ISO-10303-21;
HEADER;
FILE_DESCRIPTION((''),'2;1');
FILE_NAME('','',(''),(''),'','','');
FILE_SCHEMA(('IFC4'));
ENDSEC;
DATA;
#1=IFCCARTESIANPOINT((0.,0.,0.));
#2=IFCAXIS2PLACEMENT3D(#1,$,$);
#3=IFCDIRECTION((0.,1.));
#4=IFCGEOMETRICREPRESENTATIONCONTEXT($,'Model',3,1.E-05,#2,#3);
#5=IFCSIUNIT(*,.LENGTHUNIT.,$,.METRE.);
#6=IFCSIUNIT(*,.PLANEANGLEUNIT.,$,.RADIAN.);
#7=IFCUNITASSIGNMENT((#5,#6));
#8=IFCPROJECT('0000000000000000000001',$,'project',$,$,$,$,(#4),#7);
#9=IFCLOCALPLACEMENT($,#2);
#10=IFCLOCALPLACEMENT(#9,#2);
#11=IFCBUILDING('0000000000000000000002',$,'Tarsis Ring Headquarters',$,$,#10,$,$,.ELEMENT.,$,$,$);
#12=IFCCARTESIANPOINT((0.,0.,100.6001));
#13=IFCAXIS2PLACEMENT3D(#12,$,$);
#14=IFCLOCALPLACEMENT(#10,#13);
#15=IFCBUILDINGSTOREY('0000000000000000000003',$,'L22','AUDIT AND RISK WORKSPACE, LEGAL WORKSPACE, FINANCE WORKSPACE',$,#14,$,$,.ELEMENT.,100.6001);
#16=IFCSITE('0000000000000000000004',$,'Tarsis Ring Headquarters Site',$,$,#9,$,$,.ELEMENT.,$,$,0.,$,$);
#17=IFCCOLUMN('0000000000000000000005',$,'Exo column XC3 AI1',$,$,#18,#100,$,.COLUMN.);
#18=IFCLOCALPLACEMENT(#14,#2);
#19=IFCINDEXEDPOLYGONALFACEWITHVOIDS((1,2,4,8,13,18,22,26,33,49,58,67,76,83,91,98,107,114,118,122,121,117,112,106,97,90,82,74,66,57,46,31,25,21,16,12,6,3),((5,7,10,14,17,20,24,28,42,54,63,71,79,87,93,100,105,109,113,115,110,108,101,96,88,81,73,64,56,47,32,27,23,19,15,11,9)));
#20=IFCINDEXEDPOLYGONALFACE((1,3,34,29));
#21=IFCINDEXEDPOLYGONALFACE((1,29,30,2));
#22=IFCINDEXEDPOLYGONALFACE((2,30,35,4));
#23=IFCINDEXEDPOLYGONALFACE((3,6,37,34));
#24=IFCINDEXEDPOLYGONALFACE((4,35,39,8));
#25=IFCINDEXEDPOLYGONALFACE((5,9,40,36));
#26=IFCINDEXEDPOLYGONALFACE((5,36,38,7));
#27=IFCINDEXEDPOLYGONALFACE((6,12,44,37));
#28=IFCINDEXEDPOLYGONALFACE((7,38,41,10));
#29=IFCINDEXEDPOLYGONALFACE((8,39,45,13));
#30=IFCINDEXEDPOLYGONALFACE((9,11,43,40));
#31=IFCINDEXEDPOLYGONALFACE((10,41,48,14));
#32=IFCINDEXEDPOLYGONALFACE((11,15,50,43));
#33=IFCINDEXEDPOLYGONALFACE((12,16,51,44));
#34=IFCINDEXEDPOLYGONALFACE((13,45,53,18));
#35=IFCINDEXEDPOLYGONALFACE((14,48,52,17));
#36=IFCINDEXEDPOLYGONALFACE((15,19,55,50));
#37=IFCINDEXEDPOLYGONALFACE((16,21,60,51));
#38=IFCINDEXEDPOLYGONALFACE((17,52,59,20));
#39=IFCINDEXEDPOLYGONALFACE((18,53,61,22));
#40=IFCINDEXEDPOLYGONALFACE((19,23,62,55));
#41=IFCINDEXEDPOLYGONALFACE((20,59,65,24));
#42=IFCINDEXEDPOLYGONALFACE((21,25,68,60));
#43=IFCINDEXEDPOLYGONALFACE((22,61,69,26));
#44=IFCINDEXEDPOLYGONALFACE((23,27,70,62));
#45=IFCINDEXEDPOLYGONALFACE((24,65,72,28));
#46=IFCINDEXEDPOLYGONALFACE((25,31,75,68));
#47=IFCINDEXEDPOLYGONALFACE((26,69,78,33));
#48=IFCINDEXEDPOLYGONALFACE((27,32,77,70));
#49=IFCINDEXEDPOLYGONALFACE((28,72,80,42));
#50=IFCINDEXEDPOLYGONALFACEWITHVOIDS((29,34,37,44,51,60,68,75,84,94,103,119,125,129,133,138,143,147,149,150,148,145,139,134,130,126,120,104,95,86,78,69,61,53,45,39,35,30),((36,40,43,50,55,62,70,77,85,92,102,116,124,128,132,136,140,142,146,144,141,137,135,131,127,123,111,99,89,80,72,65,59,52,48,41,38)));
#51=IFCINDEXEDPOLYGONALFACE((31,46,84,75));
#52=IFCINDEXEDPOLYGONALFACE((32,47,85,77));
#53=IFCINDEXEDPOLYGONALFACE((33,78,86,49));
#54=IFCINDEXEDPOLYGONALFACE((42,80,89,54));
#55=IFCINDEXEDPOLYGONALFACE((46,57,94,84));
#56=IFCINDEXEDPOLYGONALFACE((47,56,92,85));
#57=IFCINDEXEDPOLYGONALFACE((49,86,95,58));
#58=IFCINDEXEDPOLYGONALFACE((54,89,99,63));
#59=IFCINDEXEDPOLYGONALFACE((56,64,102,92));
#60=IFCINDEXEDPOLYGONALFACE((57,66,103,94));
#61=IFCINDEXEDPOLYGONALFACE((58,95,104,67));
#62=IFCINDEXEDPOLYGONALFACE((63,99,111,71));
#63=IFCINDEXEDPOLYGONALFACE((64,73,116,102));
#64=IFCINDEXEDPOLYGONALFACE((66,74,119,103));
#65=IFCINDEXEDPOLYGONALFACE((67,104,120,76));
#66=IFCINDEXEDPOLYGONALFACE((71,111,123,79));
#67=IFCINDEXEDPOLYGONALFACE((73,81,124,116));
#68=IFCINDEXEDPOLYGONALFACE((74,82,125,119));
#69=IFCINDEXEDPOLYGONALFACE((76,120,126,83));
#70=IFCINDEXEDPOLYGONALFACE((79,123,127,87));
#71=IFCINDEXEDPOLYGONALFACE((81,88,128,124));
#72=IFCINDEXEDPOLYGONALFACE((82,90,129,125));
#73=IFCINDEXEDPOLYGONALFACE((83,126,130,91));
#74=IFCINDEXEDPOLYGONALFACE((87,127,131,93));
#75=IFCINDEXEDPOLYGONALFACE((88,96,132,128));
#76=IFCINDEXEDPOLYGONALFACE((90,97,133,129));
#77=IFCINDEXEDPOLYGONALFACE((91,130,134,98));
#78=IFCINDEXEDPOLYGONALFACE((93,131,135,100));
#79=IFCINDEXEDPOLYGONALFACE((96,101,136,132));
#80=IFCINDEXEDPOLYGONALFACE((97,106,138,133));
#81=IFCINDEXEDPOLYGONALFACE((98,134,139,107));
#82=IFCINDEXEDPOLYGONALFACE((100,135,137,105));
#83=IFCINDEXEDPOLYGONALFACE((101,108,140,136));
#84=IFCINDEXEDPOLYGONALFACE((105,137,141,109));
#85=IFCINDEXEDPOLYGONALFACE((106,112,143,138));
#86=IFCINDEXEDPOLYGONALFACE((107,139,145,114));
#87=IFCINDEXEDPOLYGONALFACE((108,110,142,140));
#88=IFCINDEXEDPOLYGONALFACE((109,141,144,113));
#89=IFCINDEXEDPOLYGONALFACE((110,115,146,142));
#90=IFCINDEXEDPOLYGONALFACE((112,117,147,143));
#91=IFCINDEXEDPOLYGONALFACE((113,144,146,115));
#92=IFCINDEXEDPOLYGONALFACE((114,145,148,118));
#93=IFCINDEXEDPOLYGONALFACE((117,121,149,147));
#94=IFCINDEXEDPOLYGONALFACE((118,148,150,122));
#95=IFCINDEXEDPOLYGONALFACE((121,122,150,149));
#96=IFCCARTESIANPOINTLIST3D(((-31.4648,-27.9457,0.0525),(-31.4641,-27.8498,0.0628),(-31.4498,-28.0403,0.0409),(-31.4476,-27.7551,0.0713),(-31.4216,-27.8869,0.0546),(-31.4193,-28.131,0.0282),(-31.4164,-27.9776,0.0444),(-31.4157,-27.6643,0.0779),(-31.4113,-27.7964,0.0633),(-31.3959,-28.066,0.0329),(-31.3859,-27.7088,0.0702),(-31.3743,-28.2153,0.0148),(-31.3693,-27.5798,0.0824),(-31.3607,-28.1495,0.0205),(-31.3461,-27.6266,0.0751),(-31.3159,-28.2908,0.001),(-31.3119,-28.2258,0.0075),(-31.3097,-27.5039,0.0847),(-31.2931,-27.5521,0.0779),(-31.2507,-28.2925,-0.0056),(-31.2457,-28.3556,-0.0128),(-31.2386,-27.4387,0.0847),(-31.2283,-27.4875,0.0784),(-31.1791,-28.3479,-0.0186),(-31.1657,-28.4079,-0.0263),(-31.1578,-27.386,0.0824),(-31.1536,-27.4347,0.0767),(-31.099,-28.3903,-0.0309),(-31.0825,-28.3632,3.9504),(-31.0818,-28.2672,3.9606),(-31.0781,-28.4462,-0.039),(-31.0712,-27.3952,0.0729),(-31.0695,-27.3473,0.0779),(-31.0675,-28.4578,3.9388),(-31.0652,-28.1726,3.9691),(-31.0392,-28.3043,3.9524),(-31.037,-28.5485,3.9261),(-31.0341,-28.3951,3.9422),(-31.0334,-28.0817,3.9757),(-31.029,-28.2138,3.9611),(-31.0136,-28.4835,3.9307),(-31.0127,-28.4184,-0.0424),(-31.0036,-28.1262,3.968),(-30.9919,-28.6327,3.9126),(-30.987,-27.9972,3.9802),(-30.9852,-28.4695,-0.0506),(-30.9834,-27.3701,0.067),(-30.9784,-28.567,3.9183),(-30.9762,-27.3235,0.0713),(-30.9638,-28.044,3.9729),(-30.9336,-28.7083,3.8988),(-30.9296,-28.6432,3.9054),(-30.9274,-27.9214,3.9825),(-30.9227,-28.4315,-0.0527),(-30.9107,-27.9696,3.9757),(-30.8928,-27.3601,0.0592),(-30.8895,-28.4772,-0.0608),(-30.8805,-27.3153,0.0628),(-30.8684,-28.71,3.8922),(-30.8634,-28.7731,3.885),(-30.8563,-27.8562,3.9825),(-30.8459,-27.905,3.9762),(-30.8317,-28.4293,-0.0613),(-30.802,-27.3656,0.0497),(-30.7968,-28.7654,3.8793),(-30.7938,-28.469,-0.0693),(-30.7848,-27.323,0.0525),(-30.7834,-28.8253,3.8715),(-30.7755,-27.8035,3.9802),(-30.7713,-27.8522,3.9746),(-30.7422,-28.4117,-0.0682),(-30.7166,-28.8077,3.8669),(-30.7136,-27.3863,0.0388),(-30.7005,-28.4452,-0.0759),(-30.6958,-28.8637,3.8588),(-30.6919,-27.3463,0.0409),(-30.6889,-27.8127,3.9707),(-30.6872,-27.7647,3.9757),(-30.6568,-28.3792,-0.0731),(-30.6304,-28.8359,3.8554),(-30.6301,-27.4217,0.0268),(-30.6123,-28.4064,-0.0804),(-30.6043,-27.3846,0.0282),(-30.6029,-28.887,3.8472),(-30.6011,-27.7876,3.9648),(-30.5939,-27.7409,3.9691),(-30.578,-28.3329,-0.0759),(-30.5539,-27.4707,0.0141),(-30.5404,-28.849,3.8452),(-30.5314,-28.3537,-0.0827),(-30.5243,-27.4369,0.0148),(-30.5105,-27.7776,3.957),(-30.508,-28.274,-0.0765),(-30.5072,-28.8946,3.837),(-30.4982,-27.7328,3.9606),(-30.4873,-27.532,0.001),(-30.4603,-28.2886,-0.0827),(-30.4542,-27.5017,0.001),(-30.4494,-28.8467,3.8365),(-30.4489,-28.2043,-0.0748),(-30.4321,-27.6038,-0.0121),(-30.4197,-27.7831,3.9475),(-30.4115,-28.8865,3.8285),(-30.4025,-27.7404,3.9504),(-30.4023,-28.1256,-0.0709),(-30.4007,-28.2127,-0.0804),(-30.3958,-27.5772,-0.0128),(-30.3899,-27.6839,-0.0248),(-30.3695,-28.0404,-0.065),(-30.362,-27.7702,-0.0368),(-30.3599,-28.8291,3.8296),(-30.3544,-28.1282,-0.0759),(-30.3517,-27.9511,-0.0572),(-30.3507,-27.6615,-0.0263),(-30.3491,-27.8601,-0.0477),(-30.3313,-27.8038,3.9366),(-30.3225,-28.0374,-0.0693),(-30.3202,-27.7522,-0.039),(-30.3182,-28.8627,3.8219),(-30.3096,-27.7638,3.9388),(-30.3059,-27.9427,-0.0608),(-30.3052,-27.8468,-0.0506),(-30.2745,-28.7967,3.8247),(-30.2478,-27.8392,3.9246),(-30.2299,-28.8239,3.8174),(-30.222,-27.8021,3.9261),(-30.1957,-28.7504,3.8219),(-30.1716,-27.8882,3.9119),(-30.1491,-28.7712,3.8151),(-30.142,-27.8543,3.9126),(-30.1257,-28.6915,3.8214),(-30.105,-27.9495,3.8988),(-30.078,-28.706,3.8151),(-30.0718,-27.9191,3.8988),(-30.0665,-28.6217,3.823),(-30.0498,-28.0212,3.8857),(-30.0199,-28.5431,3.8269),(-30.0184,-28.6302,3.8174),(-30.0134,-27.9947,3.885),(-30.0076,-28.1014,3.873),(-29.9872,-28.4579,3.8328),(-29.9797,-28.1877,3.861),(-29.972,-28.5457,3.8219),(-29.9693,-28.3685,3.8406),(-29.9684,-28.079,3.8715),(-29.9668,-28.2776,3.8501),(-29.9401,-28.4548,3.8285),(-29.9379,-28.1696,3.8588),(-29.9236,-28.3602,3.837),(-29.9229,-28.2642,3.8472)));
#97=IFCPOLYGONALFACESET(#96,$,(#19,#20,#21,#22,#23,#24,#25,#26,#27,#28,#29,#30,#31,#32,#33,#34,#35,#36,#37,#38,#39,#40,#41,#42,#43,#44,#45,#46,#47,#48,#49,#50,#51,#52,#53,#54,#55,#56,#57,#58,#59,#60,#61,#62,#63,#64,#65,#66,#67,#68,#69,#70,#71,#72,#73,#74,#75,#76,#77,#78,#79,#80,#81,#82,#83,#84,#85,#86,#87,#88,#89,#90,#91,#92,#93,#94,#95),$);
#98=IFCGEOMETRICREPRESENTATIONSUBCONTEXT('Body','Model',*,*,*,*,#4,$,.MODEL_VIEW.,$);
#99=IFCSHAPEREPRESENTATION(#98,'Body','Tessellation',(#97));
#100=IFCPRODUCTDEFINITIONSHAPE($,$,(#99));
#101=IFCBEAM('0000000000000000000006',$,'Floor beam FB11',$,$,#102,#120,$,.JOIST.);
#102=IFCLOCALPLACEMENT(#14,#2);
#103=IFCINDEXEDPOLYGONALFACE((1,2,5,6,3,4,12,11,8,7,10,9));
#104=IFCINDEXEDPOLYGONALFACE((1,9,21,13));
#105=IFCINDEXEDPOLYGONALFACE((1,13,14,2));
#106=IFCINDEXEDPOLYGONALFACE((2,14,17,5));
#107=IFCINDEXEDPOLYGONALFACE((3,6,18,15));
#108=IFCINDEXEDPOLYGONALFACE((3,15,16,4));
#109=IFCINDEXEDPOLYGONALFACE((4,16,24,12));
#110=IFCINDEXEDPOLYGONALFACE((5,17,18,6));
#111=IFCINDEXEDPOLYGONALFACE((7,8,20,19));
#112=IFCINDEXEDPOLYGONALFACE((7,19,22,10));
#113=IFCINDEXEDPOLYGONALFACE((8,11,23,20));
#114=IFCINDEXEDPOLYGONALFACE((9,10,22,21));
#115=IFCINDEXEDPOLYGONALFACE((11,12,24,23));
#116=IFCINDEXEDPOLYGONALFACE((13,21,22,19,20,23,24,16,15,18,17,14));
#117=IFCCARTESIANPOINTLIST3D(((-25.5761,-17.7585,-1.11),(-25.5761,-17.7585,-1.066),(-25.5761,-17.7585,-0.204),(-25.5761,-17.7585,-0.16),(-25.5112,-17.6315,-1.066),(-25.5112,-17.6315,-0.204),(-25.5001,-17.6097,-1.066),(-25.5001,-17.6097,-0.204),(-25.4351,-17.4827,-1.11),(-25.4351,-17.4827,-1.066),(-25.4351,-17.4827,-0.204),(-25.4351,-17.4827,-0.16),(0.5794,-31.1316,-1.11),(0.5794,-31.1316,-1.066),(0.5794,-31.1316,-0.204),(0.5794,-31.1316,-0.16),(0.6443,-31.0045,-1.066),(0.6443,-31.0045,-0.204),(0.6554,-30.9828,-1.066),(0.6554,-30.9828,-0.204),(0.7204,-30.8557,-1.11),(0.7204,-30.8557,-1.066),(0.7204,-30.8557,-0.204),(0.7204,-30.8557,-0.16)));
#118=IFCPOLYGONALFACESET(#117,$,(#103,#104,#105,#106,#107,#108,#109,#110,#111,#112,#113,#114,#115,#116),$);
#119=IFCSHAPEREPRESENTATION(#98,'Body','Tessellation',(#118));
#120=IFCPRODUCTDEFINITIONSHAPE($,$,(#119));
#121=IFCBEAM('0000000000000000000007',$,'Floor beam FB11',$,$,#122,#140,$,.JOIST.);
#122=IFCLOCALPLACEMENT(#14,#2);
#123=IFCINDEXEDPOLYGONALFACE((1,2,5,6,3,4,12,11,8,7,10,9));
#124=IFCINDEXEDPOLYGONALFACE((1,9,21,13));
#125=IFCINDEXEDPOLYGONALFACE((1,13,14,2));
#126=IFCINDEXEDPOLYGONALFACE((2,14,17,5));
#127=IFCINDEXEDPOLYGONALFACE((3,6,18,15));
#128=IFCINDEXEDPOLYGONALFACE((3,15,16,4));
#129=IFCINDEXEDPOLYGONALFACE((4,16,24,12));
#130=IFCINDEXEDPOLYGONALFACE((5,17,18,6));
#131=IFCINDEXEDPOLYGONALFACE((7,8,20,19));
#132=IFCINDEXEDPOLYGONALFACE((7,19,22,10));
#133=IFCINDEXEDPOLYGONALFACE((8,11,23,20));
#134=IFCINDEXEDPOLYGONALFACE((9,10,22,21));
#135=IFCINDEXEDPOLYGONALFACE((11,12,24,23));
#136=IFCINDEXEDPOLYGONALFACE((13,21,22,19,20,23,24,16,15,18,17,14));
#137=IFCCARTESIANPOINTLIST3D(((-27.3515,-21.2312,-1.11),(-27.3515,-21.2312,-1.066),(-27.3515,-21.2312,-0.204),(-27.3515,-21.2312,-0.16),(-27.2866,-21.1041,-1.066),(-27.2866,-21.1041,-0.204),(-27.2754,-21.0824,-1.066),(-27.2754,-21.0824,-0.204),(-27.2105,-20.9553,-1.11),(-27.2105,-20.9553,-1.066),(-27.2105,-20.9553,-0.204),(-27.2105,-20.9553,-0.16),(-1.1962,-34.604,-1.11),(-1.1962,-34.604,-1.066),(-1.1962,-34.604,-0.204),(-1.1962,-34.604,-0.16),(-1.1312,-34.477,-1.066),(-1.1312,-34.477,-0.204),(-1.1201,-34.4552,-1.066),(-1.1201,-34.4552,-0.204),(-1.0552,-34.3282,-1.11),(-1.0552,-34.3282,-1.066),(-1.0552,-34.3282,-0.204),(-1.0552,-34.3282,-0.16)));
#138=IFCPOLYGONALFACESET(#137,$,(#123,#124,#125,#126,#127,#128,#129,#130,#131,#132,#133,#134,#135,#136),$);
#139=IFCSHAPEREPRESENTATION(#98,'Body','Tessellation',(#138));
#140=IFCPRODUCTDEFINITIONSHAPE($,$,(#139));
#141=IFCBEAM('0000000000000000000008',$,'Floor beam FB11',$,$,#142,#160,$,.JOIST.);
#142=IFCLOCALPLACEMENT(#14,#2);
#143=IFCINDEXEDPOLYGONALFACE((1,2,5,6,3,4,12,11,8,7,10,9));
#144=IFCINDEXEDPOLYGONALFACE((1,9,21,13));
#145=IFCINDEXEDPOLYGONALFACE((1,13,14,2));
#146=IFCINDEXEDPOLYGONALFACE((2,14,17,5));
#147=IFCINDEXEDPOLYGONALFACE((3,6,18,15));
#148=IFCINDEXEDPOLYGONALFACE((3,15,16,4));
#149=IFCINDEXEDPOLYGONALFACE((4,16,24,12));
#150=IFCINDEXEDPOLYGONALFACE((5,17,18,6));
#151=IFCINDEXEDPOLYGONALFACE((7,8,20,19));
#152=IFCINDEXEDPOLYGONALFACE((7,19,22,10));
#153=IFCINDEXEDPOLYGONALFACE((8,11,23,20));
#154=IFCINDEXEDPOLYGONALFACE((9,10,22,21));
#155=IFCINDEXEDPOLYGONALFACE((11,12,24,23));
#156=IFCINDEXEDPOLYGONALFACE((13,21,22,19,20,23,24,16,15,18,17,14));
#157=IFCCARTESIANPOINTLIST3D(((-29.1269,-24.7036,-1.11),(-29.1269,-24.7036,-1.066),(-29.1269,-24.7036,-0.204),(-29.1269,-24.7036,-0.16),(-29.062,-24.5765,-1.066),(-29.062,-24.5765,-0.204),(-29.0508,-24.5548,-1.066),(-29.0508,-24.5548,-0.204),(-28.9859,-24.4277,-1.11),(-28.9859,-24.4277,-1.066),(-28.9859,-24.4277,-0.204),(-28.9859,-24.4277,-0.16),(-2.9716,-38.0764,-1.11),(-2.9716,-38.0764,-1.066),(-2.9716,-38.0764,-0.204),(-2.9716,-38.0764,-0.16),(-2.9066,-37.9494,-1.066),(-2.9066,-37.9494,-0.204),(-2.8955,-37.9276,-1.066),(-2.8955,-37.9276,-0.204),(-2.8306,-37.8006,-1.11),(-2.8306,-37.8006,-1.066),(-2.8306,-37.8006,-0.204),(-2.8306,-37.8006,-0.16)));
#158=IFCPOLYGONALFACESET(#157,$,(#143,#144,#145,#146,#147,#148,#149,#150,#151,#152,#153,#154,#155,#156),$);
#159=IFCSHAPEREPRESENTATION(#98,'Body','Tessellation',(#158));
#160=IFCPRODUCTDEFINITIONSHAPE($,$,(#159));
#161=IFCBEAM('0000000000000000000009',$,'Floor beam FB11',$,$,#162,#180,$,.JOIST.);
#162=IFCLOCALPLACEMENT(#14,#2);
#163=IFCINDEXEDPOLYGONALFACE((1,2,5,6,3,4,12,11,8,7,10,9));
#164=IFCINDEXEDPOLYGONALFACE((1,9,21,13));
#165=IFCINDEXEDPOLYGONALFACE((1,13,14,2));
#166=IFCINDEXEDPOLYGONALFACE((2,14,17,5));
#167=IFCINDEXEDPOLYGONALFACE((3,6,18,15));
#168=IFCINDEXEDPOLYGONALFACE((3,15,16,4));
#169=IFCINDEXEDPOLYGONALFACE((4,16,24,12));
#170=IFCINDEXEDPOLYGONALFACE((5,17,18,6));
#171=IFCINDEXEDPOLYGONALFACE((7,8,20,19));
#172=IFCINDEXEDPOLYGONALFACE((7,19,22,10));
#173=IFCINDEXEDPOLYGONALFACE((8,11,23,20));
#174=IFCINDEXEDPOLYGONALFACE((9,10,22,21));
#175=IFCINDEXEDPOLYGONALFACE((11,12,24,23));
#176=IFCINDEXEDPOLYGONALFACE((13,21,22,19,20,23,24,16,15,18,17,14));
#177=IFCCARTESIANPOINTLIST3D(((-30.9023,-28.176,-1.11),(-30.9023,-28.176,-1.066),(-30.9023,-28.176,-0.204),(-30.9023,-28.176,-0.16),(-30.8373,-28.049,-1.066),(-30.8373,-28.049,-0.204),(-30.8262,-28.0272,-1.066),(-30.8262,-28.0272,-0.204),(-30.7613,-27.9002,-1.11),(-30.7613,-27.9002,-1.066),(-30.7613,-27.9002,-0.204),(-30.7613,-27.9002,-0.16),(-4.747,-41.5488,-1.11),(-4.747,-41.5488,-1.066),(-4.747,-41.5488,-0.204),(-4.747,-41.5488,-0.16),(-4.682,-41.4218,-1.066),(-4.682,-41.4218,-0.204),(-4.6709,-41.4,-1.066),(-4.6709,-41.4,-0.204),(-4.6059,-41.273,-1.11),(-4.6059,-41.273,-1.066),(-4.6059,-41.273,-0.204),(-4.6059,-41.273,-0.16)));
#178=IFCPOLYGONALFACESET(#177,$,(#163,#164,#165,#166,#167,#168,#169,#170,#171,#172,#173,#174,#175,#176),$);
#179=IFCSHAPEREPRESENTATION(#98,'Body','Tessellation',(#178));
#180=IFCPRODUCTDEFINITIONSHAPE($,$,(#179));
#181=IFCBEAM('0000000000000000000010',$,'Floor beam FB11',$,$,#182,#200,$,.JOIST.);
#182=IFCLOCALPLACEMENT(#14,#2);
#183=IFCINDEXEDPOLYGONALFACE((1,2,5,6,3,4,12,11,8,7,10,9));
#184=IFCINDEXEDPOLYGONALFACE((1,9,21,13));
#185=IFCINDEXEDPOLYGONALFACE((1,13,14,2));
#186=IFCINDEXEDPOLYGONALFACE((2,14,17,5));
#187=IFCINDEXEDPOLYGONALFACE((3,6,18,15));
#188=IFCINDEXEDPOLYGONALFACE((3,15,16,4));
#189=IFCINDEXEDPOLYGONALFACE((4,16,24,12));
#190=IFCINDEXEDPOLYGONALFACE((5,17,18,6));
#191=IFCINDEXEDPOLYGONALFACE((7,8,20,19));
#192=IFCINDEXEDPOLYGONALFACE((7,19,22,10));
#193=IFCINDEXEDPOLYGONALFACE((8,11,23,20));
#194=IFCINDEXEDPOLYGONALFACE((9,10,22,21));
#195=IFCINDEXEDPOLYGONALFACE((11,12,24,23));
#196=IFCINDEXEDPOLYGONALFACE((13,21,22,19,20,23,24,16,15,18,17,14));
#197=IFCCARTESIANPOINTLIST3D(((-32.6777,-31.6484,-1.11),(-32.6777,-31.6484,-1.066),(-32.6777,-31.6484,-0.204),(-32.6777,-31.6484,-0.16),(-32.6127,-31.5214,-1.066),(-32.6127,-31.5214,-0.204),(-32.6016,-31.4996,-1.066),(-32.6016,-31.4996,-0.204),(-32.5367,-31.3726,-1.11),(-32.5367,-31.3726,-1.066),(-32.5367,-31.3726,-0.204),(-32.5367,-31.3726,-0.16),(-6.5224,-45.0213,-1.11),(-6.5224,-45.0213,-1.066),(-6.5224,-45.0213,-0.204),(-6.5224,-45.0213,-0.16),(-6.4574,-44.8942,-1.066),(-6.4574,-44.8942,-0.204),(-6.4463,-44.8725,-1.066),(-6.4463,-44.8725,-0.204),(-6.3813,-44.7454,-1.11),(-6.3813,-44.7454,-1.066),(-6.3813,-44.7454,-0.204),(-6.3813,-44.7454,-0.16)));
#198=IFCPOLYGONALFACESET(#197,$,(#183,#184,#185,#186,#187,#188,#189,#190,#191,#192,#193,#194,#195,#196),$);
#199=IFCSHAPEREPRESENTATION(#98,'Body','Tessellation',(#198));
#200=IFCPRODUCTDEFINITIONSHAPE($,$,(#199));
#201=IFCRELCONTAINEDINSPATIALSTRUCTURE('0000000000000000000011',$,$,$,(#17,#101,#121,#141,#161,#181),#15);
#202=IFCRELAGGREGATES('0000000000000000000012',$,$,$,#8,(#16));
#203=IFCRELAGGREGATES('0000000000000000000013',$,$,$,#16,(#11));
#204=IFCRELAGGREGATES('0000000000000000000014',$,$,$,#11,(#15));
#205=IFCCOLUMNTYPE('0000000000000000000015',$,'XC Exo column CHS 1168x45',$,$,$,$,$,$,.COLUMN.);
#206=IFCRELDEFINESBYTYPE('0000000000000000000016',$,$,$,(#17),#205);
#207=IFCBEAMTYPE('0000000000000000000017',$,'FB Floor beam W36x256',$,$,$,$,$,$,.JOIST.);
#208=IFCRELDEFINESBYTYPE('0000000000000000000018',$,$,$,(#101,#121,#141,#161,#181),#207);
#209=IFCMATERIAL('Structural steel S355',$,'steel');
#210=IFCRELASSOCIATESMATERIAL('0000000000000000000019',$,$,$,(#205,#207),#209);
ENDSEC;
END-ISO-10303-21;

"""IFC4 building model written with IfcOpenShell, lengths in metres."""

from ifc_helpers import new_model, si_unit, direction, frame, origin, origin_2d, place, context, subcontext, project, spatial, hollow_circle, i_section, extrude, material, material_profile, profile_set, type_object, element, save


model = new_model("IFC4")

# Units and contexts
model_context = context("Model", 3, precision=1e-05, world=origin(), true_north=direction((0.0, 1.0)))
body_context = subcontext(model_context, "Body", "Model", "MODEL_VIEW")
ifc_project = project(units=[si_unit("LENGTHUNIT", "METRE"), si_unit("PLANEANGLEUNIT", "RADIAN")], contexts=[model_context])

# Site, building, storey
site_placement = place(None, origin())
site = spatial("IfcSite", under=ifc_project, at=site_placement, Name="Tarsis Ring Headquarters Site", CompositionType="ELEMENT", RefElevation=0.0)
building_placement = place(site_placement, origin())
building = spatial("IfcBuilding", under=site, at=building_placement, Name="Tarsis Ring Headquarters", CompositionType="ELEMENT")
storey_placement = place(building_placement, frame((0.0, 0.0, 100.6001)))
storey = spatial("IfcBuildingStorey", under=building, at=storey_placement, Name="L22", Description="AUDIT AND RISK WORKSPACE, LEGAL WORKSPACE, FINANCE WORKSPACE", CompositionType="ELEMENT", Elevation=100.6001)

# Column
ifc_material_1 = material(Name="Structural steel S355", Category="steel")
ifc_material_profile_1 = material_profile(ifc_material_1, hollow_circle(Radius=0.5842, WallThickness=0.0449, at=origin_2d()), Name="CHS 1168x45")
ifc_profile_set_1 = profile_set([ifc_material_profile_1], Name="Structural steel S355")
column_type = type_object("IfcColumnType", Name="XC Exo column CHS 1168x45", PredefinedType="COLUMN", material=ifc_profile_set_1)
column_placement = place(storey_placement, frame((-30.885, -27.8962, 0.001), z_axis=(0.097065, -0.105991, 0.989618), x_axis=(0.737476, 0.675373, 0.0)))
element("IfcColumn", 1, at=column_placement, inside=storey, type_object=column_type, Name="Exo column XC3 AI1", PredefinedType="COLUMN", context=body_context, shape_type="SweptSolid", body=[
    extrude(hollow_circle(Radius=0.5842, WallThickness=0.0449, at=origin_2d()), origin(), (0.0, 0.0, 1.0), 3.9387),
])

# Beams
ifc_material_profile_2 = material_profile(ifc_material_1, i_section(OverallWidth=0.3098, OverallDepth=0.95, WebThickness=0.0244, FlangeThickness=0.0439, at=origin_2d()), Name="W36x256")
ifc_profile_set_2 = profile_set([ifc_material_profile_2], Name="Structural steel S355")
beam_type_1 = type_object("IfcBeamType", Name="FB Floor beam W36x256", PredefinedType="JOIST", material=ifc_profile_set_2)
beam_1_placement = place(storey_placement, frame((-25.5056, -17.6206, -0.635), z_axis=(0.89037, -0.455237, 0.0), x_axis=(0.455237, 0.89037, 0.0)))
element("IfcBeam", 2, at=beam_1_placement, inside=storey, type_object=beam_type_1, Name="Floor beam FB11", PredefinedType="JOIST", context=body_context, shape_type="SweptSolid", body=[
    extrude(i_section(OverallWidth=0.3098, OverallDepth=0.95, WebThickness=0.0244, FlangeThickness=0.0439, at=origin_2d()), origin(), (0.0, 0.0, 1.0), 29.376),
])
for number, where, z_axis, x_axis, name in (
    (3, (-27.281, -21.0933, -0.635), (0.890372, -0.455234, 0.0), (0.455234, 0.890372, 0.0), "Floor beam FB11"),
    (4, (-29.0564, -24.5657, -0.635), (0.890372, -0.455234, 0.0), (0.455234, 0.890372, 0.0), "Floor beam FB11"),
    (5, (-30.8318, -28.0381, -0.635), (0.890372, -0.455234, 0.0), (0.455234, 0.890372, 0.0), "Floor beam FB11"),
    (6, (-32.6072, -31.5105, -0.635), (0.890372, -0.455234, 0.0), (0.455234, 0.890372, 0.0), "Floor beam FB11"),
):
    element("IfcBeam", number, at=place(storey_placement, frame(where, z_axis=z_axis, x_axis=x_axis)), inside=storey, type_object=beam_type_1, Name=name, PredefinedType="JOIST", context=body_context, shape_type="SweptSolid", body=[
        extrude(i_section(OverallWidth=0.3098, OverallDepth=0.95, WebThickness=0.0244, FlangeThickness=0.0439, at=origin_2d()), origin(), (0.0, 0.0, 1.0), 29.3757),
    ])

save(model, "model.ifc")
